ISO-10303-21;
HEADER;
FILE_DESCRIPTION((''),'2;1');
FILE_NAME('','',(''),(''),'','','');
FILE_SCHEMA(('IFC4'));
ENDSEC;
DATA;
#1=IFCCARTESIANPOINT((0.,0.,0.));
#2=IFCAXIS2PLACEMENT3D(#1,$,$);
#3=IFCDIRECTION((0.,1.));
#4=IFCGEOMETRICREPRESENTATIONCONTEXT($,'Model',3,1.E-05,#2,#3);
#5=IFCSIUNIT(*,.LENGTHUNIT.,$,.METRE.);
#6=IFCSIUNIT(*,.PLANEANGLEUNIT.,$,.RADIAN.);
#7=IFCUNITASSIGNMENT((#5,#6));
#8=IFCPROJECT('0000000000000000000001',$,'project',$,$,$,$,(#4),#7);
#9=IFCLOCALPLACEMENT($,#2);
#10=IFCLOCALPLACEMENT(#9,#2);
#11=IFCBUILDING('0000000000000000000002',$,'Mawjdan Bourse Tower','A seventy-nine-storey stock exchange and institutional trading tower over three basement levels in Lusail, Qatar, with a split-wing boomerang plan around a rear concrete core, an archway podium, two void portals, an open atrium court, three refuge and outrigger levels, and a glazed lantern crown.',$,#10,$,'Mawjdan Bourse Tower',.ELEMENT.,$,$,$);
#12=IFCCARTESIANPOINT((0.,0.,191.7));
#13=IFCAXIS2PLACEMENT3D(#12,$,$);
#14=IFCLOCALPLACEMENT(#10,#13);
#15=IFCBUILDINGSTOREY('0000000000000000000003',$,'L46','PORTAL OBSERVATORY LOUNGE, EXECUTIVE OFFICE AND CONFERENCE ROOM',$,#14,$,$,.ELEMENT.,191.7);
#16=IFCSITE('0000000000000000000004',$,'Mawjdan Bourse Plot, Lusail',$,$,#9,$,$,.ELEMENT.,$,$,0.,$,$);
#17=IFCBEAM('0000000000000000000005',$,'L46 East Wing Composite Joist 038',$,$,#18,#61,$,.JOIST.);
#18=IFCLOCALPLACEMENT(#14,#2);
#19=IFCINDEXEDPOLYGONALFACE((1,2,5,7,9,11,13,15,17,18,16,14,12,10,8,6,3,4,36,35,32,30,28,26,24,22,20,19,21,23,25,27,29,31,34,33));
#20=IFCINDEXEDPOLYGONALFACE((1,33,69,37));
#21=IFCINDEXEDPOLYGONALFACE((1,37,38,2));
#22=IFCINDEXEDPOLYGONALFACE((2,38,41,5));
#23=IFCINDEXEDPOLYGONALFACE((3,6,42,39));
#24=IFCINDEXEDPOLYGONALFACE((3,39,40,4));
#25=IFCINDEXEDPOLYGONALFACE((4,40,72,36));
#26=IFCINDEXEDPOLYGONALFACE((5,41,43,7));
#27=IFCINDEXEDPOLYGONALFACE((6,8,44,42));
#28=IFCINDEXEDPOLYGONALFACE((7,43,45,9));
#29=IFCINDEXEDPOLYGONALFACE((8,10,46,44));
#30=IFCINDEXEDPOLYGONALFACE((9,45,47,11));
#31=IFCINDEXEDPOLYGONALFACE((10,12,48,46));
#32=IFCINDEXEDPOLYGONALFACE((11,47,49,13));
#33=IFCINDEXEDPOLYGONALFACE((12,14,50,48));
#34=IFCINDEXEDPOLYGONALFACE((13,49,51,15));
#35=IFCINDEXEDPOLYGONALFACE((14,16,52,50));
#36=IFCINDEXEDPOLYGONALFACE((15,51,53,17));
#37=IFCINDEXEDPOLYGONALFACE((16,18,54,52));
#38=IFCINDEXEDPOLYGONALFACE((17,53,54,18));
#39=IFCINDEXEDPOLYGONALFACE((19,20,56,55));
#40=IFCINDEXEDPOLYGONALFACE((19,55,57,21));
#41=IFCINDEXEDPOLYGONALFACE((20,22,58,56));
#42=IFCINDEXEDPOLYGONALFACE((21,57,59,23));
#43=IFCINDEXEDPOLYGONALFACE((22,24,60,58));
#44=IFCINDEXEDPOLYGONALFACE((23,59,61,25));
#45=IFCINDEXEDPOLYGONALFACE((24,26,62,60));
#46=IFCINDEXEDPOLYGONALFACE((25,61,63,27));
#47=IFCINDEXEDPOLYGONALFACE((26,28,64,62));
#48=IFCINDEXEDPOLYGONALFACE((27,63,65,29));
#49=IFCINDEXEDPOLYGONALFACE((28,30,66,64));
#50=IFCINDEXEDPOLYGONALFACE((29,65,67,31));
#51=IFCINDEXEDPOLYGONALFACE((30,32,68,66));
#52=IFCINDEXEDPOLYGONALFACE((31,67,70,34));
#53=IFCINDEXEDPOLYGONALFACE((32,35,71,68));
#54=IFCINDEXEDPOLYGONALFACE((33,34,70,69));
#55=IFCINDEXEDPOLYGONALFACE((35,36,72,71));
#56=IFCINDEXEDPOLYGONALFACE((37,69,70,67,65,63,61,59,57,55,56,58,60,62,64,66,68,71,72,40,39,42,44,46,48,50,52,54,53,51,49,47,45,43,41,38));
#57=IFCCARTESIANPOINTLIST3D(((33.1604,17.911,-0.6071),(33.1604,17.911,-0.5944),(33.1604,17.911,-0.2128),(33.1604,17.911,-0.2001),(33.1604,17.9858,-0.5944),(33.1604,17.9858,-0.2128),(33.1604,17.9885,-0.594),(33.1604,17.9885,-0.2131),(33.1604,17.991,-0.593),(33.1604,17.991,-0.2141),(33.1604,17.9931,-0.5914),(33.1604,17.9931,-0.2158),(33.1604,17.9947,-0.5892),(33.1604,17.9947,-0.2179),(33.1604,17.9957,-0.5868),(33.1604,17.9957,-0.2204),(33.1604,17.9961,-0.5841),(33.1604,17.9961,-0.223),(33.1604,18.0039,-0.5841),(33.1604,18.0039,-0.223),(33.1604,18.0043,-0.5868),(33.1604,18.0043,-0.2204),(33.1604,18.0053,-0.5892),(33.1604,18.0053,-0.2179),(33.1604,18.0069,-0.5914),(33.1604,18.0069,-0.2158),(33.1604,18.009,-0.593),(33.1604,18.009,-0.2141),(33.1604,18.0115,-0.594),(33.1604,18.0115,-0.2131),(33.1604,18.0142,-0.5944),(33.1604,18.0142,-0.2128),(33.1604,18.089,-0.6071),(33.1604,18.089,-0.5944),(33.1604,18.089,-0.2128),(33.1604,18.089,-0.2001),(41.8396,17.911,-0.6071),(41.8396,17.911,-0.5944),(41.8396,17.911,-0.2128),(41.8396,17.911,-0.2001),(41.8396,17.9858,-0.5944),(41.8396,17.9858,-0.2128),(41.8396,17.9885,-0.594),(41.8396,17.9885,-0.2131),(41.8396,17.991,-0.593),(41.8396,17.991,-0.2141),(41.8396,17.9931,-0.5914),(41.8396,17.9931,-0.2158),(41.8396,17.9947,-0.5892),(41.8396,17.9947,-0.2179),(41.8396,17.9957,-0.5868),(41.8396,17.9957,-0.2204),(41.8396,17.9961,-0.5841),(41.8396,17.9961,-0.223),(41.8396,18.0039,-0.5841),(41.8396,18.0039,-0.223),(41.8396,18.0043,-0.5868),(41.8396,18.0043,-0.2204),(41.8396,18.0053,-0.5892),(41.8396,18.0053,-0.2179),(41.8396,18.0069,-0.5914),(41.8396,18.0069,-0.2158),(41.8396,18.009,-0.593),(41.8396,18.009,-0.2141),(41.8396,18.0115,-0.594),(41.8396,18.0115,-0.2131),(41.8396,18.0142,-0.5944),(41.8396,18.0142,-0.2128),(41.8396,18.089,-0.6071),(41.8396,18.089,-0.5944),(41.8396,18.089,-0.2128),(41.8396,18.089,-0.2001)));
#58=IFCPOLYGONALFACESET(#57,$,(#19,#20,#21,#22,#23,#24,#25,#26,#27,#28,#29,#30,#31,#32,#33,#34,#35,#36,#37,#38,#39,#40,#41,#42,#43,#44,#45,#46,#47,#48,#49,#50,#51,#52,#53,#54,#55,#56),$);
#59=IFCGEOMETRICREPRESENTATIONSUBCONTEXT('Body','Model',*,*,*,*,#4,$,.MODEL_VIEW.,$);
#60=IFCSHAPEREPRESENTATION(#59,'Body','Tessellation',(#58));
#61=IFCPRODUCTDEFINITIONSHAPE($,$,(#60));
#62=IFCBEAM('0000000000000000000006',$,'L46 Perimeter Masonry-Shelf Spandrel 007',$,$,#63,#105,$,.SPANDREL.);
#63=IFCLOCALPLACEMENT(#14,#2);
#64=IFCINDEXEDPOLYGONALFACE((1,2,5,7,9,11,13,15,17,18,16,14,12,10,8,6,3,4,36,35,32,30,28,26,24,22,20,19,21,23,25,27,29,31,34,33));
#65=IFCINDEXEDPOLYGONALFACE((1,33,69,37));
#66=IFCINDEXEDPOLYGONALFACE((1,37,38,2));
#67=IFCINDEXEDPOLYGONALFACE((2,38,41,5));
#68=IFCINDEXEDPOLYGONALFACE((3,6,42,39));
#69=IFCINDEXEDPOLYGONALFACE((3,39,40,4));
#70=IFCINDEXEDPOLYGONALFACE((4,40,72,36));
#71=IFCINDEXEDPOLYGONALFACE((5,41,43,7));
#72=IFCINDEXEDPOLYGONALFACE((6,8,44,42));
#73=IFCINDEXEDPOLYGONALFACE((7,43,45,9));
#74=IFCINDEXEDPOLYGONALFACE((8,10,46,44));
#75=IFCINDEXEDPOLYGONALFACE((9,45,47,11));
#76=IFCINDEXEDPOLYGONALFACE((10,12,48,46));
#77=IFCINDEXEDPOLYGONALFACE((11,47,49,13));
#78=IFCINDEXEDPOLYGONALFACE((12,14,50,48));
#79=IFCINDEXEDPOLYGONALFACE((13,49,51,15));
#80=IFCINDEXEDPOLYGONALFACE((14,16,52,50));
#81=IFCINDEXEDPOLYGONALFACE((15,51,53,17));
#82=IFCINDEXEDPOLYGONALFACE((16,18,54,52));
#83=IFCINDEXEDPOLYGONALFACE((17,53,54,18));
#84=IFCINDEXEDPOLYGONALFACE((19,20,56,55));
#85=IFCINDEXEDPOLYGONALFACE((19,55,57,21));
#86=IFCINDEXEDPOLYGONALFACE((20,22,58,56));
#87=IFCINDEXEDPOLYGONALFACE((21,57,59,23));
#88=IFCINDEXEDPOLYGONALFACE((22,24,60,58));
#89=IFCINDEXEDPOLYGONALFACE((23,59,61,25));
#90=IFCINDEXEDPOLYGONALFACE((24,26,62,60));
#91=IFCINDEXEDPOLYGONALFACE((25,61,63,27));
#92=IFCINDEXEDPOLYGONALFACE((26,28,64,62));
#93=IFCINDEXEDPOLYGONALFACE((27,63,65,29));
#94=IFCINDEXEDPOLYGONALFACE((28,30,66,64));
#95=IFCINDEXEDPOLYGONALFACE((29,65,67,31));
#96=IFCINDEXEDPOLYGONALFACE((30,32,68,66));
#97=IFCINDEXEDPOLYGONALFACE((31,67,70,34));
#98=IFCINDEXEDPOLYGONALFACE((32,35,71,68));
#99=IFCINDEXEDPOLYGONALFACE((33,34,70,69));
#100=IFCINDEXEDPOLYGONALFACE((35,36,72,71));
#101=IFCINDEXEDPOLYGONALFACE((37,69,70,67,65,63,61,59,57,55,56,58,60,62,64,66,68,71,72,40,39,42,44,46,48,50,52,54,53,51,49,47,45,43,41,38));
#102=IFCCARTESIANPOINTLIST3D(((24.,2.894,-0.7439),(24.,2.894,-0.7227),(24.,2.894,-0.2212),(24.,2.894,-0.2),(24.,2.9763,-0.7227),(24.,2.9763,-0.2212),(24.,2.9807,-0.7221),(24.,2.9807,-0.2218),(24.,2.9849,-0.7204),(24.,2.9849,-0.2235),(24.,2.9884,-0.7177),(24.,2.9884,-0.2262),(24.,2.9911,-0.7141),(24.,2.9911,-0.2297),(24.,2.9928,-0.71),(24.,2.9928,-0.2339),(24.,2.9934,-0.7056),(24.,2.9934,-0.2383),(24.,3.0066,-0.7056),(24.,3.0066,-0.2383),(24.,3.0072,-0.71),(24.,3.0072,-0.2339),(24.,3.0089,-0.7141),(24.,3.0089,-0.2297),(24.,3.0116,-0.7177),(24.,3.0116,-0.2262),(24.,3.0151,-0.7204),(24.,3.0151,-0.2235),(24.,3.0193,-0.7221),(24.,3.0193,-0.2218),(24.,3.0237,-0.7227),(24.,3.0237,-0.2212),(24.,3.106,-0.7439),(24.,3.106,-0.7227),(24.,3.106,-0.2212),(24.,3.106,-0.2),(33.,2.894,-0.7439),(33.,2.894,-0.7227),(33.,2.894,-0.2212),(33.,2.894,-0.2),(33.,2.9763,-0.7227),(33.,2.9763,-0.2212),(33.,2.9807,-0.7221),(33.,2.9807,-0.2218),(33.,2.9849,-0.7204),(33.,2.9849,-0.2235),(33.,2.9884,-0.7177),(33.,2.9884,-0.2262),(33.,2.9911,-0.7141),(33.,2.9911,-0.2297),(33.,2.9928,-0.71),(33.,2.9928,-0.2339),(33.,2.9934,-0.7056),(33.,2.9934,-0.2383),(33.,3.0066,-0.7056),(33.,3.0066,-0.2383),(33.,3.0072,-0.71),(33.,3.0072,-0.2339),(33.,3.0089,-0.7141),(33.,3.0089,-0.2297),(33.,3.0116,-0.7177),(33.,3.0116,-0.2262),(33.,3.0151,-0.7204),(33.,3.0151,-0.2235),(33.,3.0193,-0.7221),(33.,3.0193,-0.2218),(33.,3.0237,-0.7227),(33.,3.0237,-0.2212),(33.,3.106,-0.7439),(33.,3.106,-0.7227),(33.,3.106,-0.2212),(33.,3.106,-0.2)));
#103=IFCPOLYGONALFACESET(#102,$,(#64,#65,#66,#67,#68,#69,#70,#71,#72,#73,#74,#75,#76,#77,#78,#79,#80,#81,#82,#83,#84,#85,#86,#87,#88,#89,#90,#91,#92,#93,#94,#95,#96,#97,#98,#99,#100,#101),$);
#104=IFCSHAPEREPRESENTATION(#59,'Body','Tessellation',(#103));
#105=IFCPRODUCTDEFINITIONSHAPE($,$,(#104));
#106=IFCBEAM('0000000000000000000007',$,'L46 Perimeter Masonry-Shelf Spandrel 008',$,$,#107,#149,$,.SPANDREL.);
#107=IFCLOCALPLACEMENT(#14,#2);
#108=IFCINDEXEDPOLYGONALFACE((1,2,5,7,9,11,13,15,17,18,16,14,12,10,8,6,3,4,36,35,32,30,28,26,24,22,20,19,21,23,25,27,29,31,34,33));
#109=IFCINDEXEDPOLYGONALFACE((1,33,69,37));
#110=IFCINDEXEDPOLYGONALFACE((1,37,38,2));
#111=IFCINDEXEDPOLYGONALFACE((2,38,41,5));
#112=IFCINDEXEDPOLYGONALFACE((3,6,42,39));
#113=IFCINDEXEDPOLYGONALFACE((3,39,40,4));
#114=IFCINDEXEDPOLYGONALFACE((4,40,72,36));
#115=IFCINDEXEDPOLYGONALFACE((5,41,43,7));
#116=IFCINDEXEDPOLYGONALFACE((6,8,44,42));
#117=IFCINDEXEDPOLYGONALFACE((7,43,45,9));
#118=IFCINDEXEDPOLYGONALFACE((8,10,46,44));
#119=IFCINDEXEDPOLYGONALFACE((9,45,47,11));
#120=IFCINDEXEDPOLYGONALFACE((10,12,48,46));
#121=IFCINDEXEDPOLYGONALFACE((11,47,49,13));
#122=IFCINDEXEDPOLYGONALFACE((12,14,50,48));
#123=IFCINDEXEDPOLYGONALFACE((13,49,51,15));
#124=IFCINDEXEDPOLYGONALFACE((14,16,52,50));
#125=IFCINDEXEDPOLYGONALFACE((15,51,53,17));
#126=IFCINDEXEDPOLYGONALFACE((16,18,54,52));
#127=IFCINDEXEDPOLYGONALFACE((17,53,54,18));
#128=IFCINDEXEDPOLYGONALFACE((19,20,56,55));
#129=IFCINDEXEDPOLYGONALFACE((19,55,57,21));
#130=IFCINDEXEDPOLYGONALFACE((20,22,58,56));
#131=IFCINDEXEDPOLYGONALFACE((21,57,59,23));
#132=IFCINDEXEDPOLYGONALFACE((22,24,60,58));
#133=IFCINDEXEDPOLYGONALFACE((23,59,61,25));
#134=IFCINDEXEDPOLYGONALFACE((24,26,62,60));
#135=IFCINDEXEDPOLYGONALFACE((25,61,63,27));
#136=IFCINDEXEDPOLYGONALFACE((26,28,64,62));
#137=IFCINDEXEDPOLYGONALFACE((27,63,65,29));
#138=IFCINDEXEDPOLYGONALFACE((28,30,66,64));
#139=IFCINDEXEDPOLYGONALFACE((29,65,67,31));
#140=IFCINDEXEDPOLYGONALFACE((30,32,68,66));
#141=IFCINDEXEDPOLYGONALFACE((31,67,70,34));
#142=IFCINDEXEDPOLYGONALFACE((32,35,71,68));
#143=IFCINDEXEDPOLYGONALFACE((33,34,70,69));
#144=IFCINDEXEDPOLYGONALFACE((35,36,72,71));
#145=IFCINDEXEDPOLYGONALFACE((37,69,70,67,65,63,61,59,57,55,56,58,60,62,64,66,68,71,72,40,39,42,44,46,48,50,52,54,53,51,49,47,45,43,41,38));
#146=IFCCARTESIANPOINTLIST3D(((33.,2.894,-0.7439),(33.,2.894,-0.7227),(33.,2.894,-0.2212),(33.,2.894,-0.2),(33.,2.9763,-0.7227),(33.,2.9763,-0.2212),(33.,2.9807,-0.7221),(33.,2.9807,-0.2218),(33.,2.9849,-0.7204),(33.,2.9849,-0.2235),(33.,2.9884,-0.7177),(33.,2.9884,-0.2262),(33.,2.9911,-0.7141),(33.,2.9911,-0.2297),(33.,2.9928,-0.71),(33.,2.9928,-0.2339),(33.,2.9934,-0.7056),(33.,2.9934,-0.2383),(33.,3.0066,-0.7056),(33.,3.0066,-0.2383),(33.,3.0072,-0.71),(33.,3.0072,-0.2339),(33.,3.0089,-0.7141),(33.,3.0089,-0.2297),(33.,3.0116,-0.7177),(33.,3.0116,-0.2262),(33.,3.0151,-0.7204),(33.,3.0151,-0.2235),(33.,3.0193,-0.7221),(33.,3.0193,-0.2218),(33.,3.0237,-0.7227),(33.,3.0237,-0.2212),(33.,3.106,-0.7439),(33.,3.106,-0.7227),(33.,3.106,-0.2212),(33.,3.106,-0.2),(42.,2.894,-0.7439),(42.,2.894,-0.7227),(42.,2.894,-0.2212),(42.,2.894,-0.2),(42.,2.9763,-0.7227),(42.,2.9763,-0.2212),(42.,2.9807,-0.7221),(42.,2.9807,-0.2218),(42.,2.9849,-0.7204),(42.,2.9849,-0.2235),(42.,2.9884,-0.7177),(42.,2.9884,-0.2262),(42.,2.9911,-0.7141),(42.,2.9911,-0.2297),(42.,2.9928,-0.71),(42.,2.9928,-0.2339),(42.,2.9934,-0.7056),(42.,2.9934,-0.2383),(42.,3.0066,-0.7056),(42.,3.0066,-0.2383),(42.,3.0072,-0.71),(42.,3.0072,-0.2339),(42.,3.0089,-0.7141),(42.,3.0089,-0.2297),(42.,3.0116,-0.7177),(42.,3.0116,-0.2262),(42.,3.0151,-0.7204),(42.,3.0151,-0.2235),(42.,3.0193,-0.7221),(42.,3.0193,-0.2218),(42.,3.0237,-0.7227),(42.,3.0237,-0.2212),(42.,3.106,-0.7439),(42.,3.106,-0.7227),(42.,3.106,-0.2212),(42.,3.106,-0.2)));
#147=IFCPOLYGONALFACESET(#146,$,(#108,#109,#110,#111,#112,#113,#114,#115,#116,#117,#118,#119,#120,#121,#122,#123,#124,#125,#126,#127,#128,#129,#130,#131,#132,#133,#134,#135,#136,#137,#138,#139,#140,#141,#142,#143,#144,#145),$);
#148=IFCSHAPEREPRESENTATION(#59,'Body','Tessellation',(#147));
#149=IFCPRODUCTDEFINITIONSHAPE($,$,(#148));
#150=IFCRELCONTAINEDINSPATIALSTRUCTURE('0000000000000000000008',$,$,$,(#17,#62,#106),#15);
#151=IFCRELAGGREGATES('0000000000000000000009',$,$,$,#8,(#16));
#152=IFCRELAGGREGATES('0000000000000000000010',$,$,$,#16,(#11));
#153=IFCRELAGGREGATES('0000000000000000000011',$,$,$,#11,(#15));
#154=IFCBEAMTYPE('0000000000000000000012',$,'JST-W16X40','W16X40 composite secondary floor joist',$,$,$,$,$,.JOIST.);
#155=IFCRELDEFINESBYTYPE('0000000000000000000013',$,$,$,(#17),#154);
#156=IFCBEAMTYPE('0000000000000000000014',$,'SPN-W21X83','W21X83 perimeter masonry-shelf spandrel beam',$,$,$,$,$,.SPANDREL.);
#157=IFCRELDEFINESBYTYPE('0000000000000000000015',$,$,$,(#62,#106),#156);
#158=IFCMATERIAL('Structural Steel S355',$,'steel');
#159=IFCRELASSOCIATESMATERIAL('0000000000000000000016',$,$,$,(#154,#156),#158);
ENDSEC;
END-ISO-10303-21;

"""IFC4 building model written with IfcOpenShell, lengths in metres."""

from ifc_helpers import new_model, si_unit, direction, frame, origin, origin_2d, place, context, subcontext, project, spatial, i_section, extrude, material, material_profile, profile_set, type_object, element, save


model = new_model("IFC4")

# Units and contexts
model_context = context("Model", 3, precision=1e-05, world=origin(), true_north=direction((0.0, 1.0)))
body_context = subcontext(model_context, "Body", "Model", "MODEL_VIEW")
ifc_project = project(units=[si_unit("LENGTHUNIT", "METRE"), si_unit("PLANEANGLEUNIT", "RADIAN")], contexts=[model_context])

# Site, building, storey
site_placement = place(None, origin())
site = spatial("IfcSite", under=ifc_project, at=site_placement, Name="Mawjdan Bourse Plot, Lusail", CompositionType="ELEMENT", RefElevation=0.0)
building_placement = place(site_placement, origin())
building = spatial("IfcBuilding", under=site, at=building_placement, Name="Mawjdan Bourse Tower", Description="A seventy-nine-storey stock exchange and institutional trading tower over three basement levels in Lusail, Qatar, with a split-wing boomerang plan around a rear concrete core, an archway podium, two void portals, an open atrium court, three refuge and outrigger levels, and a glazed lantern crown.", LongName="Mawjdan Bourse Tower", CompositionType="ELEMENT")
storey_placement = place(building_placement, frame((0.0, 0.0, 191.7)))
storey = spatial("IfcBuildingStorey", under=building, at=storey_placement, Name="L46", Description="PORTAL OBSERVATORY LOUNGE, EXECUTIVE OFFICE AND CONFERENCE ROOM", CompositionType="ELEMENT", Elevation=191.7)

# Beams
ifc_material_1 = material(Name="Structural Steel S355", Category="steel")
ifc_material_profile_1 = material_profile(ifc_material_1, i_section(OverallWidth=0.178, OverallDepth=0.407, WebThickness=0.0078, FlangeThickness=0.0127, FilletRadius=0.0103, at=origin_2d()), Name="W16X40")
ifc_profile_set_1 = profile_set([ifc_material_profile_1], Name="Structural Steel S355")
beam_type_1 = type_object("IfcBeamType", Name="JST-W16X40", Description="W16X40 composite secondary floor joist", PredefinedType="JOIST", material=ifc_profile_set_1)
beam_1_placement = place(storey_placement, frame((33.1604, 18.0, -0.4036), z_axis=(1.0, 0.0, 0.0), x_axis=(0.0, 1.0, 0.0)))
element("IfcBeam", 1, at=beam_1_placement, inside=storey, type_object=beam_type_1, Name="L46 East Wing Composite Joist 038", PredefinedType="JOIST", context=body_context, shape_type="SweptSolid", body=[
    extrude(i_section(OverallWidth=0.178, OverallDepth=0.407, WebThickness=0.0078, FlangeThickness=0.0127, FilletRadius=0.0103, at=origin_2d()), origin(), (0.0, 0.0, 1.0), 8.6792),
])
ifc_material_profile_2 = material_profile(ifc_material_1, i_section(OverallWidth=0.2119, OverallDepth=0.5439, WebThickness=0.0132, FlangeThickness=0.0212, FilletRadius=0.0171, at=origin_2d()), Name="W21X83")
ifc_profile_set_2 = profile_set([ifc_material_profile_2], Name="Structural Steel S355")
beam_type_2 = type_object("IfcBeamType", Name="SPN-W21X83", Description="W21X83 perimeter masonry-shelf spandrel beam", PredefinedType="SPANDREL", material=ifc_profile_set_2)
for number, where, z_axis, x_axis, name in (
    (2, (24.0, 3.0, -0.4719), (1.0, 0.0, 0.0), (0.0, 1.0, 0.0), "L46 Perimeter Masonry-Shelf Spandrel 007"),
    (3, (33.0, 3.0, -0.4719), (1.0, 0.0, 0.0), (0.0, 1.0, 0.0), "L46 Perimeter Masonry-Shelf Spandrel 008"),
):
    element("IfcBeam", number, at=place(storey_placement, frame(where, z_axis=z_axis, x_axis=x_axis)), inside=storey, type_object=beam_type_2, Name=name, PredefinedType="SPANDREL", context=body_context, shape_type="SweptSolid", body=[
        extrude(i_section(OverallWidth=0.2119, OverallDepth=0.5439, WebThickness=0.0132, FlangeThickness=0.0212, FilletRadius=0.0171, at=origin_2d()), origin(), (0.0, 0.0, 1.0), 9.0),
    ])

save(model, "model.ifc")
